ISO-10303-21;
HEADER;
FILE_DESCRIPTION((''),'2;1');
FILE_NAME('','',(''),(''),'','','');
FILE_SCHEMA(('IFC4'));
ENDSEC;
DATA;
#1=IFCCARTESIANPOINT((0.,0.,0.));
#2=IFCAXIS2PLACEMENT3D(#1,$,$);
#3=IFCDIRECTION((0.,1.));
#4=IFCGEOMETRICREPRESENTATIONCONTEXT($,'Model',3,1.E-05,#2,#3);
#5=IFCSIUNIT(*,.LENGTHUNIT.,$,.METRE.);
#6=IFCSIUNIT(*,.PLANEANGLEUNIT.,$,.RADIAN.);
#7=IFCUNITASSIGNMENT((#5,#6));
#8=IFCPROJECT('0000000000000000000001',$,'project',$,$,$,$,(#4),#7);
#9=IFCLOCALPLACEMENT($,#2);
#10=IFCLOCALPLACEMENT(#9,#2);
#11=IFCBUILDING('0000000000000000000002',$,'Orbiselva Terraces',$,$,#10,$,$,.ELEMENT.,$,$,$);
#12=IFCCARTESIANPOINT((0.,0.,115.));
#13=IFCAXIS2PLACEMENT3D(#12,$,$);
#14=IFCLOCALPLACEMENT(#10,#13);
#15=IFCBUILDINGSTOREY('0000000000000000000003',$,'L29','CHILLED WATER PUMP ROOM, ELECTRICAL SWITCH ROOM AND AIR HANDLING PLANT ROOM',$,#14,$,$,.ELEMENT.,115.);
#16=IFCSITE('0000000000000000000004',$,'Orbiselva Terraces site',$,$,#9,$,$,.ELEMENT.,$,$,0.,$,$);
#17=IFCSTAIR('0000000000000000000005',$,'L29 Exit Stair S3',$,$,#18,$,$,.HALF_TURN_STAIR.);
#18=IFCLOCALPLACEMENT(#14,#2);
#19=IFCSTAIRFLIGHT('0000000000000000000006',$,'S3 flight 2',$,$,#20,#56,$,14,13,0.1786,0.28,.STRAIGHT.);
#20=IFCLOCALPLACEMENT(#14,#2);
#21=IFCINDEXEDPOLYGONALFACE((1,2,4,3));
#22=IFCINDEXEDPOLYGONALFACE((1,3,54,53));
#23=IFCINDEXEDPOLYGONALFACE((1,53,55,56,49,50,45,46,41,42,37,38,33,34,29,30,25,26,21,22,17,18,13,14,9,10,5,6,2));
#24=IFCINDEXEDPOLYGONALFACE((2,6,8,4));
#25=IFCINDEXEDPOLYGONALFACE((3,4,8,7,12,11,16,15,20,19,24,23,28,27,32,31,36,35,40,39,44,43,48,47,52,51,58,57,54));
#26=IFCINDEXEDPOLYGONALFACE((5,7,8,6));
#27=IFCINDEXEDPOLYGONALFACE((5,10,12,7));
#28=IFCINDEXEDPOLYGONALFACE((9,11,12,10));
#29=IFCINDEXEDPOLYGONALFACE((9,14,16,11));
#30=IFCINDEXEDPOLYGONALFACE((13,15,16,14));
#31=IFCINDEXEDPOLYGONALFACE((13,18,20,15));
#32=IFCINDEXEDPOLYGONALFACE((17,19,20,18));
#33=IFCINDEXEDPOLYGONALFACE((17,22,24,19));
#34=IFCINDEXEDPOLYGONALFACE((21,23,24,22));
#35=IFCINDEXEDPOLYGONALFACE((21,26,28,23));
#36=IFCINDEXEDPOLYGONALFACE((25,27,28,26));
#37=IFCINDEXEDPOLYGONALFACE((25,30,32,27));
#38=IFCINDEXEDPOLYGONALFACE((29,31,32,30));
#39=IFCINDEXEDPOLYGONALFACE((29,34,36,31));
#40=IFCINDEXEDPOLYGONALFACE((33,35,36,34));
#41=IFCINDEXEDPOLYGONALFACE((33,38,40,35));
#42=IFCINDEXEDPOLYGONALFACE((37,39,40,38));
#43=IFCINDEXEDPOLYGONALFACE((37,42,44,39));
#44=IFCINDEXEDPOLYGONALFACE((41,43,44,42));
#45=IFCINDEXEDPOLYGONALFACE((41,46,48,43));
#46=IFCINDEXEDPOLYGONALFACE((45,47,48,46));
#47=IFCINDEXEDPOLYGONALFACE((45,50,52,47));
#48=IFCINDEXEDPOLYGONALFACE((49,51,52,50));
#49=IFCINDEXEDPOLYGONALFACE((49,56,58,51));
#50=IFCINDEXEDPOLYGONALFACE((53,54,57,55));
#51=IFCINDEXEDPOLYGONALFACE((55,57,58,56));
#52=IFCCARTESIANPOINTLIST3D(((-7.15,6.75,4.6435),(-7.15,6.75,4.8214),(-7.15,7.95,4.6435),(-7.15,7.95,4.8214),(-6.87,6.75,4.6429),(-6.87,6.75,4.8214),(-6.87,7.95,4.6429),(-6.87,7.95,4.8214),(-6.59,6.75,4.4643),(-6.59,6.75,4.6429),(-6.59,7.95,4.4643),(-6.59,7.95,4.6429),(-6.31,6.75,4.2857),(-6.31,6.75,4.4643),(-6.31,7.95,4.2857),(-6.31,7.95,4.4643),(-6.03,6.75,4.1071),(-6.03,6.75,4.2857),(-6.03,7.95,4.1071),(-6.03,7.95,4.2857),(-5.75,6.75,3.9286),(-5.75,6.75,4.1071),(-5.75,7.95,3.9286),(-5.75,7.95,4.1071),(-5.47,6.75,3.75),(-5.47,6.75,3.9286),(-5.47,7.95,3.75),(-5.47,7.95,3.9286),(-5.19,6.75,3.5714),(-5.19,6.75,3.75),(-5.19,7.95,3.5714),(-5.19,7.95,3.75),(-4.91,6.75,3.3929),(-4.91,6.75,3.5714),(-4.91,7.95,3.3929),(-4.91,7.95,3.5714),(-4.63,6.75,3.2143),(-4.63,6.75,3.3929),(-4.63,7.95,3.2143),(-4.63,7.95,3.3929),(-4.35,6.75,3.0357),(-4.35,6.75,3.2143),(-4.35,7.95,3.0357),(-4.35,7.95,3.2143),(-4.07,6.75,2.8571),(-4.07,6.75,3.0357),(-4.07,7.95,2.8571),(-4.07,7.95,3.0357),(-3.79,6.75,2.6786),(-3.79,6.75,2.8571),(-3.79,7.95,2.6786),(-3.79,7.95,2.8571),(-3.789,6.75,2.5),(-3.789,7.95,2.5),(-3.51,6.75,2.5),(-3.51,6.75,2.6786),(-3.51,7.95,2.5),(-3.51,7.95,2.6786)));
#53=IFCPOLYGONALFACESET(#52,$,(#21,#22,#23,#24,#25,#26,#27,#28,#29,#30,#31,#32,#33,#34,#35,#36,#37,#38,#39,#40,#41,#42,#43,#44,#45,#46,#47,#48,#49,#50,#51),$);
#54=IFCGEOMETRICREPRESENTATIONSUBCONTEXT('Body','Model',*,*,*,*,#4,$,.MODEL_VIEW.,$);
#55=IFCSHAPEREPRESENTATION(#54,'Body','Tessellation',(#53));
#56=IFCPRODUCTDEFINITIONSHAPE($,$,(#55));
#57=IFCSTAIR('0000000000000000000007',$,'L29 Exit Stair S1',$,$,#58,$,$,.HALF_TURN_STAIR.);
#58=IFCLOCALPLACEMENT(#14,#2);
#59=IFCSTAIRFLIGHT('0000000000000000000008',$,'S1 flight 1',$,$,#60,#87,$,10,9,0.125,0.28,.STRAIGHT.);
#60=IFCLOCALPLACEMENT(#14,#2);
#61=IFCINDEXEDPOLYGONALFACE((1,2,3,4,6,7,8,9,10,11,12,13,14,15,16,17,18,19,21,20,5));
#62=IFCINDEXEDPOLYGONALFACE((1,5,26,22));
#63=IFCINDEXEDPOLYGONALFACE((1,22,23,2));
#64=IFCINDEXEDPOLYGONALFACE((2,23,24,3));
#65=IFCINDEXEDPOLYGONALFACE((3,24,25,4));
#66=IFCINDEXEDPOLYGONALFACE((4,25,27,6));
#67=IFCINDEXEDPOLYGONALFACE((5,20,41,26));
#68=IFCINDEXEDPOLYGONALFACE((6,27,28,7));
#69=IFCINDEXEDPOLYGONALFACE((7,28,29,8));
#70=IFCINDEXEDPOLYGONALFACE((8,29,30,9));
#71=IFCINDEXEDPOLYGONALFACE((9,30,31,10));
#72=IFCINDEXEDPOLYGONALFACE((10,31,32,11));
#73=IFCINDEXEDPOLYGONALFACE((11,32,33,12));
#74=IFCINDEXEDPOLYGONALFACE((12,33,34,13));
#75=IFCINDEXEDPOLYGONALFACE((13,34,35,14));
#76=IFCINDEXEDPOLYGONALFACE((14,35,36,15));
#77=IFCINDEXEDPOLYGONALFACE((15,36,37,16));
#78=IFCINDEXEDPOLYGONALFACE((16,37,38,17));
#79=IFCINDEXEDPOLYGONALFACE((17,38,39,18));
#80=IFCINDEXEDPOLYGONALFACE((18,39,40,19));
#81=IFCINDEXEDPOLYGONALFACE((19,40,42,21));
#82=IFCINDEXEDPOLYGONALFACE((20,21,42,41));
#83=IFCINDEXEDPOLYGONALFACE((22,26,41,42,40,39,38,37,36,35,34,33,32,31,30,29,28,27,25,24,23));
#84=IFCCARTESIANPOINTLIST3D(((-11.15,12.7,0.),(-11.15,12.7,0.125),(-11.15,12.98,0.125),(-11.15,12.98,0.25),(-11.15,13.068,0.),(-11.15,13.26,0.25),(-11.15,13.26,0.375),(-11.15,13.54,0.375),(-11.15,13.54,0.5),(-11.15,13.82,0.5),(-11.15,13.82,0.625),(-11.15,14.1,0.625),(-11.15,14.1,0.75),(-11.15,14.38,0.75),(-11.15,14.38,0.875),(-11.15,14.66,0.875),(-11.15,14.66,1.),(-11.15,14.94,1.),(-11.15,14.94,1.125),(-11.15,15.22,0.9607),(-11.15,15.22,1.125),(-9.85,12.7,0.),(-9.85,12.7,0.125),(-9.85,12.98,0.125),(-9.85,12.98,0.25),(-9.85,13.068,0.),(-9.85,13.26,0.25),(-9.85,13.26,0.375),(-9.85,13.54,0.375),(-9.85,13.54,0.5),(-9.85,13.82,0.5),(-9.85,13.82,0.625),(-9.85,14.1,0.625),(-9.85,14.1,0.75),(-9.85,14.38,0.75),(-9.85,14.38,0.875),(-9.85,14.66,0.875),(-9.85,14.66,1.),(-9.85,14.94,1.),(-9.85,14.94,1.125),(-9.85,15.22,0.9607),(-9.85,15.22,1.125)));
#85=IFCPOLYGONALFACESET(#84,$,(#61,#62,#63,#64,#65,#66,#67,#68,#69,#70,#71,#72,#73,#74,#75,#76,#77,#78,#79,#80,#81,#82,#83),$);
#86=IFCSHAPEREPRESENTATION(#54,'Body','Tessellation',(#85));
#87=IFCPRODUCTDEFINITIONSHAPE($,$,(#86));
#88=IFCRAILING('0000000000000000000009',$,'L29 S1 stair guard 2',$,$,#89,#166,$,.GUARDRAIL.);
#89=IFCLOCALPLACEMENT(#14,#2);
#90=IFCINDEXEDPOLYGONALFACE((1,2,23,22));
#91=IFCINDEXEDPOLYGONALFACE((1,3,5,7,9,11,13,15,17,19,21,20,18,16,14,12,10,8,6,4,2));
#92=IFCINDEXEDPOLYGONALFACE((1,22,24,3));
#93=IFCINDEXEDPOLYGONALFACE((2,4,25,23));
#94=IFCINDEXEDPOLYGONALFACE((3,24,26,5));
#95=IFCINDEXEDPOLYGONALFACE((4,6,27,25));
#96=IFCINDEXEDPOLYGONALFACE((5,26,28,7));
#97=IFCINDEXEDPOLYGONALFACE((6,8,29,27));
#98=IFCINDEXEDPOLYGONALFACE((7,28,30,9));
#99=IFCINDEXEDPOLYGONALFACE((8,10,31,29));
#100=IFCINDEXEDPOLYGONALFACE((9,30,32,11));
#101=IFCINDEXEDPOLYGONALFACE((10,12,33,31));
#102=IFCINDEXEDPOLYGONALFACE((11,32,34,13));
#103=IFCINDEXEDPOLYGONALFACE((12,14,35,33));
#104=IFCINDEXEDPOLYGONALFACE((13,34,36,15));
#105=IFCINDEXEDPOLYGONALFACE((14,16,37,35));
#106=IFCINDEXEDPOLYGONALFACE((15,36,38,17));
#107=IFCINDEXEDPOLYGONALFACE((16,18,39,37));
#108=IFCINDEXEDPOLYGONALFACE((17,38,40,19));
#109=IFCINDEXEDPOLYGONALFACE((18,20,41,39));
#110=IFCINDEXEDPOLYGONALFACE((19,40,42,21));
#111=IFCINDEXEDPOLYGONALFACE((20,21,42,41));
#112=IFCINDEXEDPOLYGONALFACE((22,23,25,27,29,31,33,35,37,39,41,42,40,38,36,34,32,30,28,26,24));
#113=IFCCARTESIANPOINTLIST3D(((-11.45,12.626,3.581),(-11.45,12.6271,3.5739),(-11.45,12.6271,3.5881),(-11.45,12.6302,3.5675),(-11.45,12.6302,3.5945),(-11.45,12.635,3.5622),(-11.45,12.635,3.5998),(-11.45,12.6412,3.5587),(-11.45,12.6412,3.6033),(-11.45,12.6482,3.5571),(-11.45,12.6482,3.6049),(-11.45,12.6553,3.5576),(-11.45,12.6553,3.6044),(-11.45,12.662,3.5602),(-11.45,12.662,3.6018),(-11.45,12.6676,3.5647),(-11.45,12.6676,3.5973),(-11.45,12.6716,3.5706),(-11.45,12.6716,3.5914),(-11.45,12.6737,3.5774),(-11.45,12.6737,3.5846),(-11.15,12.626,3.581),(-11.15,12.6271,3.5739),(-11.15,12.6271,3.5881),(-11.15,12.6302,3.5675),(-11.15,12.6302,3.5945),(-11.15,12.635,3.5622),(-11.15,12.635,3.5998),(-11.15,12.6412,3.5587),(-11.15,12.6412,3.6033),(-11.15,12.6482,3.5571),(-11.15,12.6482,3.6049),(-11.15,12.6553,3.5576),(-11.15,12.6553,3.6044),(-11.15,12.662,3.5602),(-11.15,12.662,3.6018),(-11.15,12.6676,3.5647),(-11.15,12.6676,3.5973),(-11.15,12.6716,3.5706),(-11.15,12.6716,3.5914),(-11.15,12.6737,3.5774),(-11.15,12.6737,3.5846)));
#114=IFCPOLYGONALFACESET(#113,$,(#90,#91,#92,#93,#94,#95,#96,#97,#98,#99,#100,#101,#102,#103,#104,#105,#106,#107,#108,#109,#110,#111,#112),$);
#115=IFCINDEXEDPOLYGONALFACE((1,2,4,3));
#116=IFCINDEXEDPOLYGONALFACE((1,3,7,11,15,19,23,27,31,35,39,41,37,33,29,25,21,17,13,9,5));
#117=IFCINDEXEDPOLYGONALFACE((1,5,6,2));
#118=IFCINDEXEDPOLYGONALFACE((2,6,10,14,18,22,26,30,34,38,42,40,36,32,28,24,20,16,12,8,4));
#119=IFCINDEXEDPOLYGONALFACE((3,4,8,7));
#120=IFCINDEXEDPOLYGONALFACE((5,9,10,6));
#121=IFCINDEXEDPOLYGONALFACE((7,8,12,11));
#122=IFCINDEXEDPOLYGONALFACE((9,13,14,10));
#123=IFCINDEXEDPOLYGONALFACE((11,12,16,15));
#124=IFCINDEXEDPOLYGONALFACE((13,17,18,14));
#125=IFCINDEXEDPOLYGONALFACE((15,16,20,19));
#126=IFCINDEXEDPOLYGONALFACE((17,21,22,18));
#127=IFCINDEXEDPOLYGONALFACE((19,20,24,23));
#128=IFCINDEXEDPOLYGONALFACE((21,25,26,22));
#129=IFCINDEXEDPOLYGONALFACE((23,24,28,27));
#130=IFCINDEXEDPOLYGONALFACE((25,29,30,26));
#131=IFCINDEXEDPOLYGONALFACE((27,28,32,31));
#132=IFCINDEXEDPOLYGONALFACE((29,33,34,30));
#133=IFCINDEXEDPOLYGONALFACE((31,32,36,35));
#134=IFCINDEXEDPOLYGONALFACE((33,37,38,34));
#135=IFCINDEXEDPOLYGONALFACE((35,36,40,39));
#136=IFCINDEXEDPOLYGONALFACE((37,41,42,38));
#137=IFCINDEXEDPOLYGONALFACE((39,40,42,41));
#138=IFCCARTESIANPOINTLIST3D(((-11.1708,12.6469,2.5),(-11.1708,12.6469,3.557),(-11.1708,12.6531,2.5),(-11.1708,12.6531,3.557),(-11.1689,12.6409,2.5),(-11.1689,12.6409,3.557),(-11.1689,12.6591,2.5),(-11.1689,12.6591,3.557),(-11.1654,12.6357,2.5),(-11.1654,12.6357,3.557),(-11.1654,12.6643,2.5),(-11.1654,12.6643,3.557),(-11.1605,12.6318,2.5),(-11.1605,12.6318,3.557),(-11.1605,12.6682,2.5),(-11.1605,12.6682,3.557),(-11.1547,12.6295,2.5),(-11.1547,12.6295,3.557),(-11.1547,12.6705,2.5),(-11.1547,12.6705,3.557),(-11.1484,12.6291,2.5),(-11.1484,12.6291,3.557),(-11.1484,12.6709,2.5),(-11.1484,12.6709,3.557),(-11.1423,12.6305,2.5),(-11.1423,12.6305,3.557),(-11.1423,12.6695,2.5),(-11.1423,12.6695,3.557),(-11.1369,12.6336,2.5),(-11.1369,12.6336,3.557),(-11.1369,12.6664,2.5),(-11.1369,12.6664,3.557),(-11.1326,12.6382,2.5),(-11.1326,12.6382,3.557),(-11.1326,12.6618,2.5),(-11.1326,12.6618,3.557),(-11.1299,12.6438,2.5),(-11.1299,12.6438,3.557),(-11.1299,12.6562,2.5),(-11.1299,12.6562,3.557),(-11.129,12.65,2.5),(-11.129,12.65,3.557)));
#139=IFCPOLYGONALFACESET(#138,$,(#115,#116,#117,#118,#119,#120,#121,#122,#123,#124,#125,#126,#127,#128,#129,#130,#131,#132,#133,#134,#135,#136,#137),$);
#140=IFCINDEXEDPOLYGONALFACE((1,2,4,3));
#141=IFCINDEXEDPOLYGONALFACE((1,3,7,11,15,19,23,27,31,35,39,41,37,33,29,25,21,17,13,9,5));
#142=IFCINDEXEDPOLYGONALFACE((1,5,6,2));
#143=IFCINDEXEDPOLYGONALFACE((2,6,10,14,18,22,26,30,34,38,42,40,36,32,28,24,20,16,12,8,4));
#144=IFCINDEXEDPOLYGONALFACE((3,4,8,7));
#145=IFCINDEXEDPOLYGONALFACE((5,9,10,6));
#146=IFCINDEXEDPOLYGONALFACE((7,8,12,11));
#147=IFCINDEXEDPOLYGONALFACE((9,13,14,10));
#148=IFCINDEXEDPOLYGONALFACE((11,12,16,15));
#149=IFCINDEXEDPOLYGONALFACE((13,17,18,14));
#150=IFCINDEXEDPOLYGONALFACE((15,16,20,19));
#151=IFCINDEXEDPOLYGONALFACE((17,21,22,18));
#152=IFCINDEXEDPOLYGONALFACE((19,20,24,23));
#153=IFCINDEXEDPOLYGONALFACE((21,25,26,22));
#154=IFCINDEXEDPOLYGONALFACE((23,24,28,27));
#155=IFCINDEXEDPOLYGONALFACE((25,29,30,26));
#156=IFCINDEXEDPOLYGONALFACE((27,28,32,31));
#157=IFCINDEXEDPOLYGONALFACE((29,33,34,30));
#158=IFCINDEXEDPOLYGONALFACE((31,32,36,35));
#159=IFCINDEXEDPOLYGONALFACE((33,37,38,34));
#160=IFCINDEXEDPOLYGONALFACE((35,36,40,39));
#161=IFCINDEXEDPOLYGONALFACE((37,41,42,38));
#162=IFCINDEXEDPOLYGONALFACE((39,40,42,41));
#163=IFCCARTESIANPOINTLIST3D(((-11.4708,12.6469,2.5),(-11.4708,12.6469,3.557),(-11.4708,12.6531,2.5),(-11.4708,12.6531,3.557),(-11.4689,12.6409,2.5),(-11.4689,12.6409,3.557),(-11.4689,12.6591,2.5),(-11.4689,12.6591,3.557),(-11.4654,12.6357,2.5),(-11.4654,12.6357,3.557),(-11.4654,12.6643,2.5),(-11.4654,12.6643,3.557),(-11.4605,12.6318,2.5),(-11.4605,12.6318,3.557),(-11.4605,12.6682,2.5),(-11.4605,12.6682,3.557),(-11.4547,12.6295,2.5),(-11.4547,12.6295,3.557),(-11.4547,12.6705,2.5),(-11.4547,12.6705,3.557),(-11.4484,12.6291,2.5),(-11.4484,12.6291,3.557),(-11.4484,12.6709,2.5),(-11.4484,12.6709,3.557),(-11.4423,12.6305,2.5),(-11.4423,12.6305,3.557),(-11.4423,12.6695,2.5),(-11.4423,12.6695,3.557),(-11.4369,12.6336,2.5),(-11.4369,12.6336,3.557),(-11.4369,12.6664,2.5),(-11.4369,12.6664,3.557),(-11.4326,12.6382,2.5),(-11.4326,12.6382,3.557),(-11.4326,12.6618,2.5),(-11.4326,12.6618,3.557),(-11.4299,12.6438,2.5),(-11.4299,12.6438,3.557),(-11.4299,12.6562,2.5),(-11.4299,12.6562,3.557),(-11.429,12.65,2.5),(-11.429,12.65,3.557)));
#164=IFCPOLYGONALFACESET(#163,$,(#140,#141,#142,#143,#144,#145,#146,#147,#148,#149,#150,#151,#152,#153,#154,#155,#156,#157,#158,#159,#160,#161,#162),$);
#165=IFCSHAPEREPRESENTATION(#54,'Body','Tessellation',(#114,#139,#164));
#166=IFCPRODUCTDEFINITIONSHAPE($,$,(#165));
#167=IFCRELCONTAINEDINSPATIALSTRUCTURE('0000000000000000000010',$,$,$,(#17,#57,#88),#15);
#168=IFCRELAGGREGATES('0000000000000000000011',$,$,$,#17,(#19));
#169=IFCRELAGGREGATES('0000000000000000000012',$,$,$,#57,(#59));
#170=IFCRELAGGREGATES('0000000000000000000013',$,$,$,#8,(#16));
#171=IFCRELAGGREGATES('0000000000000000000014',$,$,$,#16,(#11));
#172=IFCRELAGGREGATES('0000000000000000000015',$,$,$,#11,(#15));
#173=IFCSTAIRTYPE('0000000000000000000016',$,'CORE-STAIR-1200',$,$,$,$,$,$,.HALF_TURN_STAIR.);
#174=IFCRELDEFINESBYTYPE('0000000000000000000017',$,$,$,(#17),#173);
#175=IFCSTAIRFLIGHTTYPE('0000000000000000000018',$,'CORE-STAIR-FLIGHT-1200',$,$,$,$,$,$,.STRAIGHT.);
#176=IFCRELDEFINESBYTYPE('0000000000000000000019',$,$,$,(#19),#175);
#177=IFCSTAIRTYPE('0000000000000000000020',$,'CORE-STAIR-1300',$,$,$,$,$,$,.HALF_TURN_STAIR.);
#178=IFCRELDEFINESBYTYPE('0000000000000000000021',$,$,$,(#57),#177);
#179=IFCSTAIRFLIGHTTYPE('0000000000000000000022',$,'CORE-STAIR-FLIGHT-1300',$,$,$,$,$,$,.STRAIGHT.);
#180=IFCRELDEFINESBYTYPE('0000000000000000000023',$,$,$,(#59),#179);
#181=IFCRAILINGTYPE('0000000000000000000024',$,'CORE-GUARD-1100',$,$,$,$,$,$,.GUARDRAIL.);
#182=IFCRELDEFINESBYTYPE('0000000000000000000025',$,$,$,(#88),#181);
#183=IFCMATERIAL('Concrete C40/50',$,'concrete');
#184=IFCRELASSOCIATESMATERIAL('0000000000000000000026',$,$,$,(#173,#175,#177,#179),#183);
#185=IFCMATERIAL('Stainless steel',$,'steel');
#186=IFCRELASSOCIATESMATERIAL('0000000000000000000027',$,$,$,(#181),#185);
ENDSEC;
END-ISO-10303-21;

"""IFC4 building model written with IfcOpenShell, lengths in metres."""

from ifc_helpers import new_model, si_unit, direction, frame, origin, origin_2d, place, context, subcontext, project, spatial, polyline, circle, outline, extrude, material, type_object, element, aggregate, save


model = new_model("IFC4")

# Units and contexts
model_context = context("Model", 3, precision=1e-05, world=origin(), true_north=direction((0.0, 1.0)))
body_context = subcontext(model_context, "Body", "Model", "MODEL_VIEW")
ifc_project = project(units=[si_unit("LENGTHUNIT", "METRE"), si_unit("PLANEANGLEUNIT", "RADIAN")], contexts=[model_context])

# Site, building, storey
site_placement = place(None, origin())
site = spatial("IfcSite", under=ifc_project, at=site_placement, Name="Orbiselva Terraces site", CompositionType="ELEMENT", RefElevation=0.0)
building_placement = place(site_placement, origin())
building = spatial("IfcBuilding", under=site, at=building_placement, Name="Orbiselva Terraces", CompositionType="ELEMENT")
storey_placement = place(building_placement, frame((0.0, 0.0, 115.0)))
storey = spatial("IfcBuildingStorey", under=building, at=storey_placement, Name="L29", Description="CHILLED WATER PUMP ROOM, ELECTRICAL SWITCH ROOM AND AIR HANDLING PLANT ROOM", CompositionType="ELEMENT", Elevation=115.0)

# Stair, stair flight
ifc_material_1 = material(Name="Concrete C40/50", Category="concrete")
stair_type_1 = type_object("IfcStairType", Name="CORE-STAIR-1200", PredefinedType="HALF_TURN_STAIR", material=ifc_material_1)
stair_1_placement = place(storey_placement, origin())
stair_1 = element("IfcStair", 1, at=stair_1_placement, inside=storey, type_object=stair_type_1, Name="L29 Exit Stair S3", PredefinedType="HALF_TURN_STAIR")
stair_flight_type_1 = type_object("IfcStairFlightType", Name="CORE-STAIR-FLIGHT-1200", PredefinedType="STRAIGHT", material=ifc_material_1)
stair_flight_1_placement = place(storey_placement, frame((-3.51, 7.35, 2.5), z_axis=(0.0, 0.0, 1.0), x_axis=(-1.0, 0.0, 0.0)))
stair_flight_1 = element("IfcStairFlight", 2, at=stair_flight_1_placement, type_object=stair_flight_type_1, Name="S3 flight 2", NumberOfRisers=14, NumberOfTreads=13, PredefinedType="STRAIGHT", RiserHeight=0.1786, TreadLength=0.28, context=body_context, shape_type="SweptSolid", body=[
    extrude(outline(polyline([(0.0, 0.0), (0.0, 0.1786), (0.28, 0.1786), (0.28, 0.3571), (0.56, 0.3571), (0.56, 0.5357), (0.84, 0.5357), (0.84, 0.7143), (1.12, 0.7143), (1.12, 0.8929), (1.4, 0.8929), (1.4, 1.0714), (1.68, 1.0714), (1.68, 1.25), (1.96, 1.25), (1.96, 1.4286), (2.24, 1.4286), (2.24, 1.6071), (2.52, 1.6071), (2.52, 1.7857), (2.8, 1.7857), (2.8, 1.9643), (3.08, 1.9643), (3.08, 2.1429), (3.36, 2.1429), (3.36, 2.3214), (3.64, 2.3214), (3.64, 2.5), (3.64, 2.1435), (0.279, 0.0), (0.0, 0.0)])), frame((0.0, 0.6, 0.0), z_axis=(0.0, -1.0, 0.0), x_axis=(1.0, 0.0, 0.0)), (0.0, 0.0, 1.0), 1.2),
])
aggregate(stair_1, [stair_flight_1])

# Stair, stair flight
stair_type_2 = type_object("IfcStairType", Name="CORE-STAIR-1300", PredefinedType="HALF_TURN_STAIR", material=ifc_material_1)
stair_2_placement = place(storey_placement, origin())
stair_2 = element("IfcStair", 3, at=stair_2_placement, inside=storey, type_object=stair_type_2, Name="L29 Exit Stair S1", PredefinedType="HALF_TURN_STAIR")
stair_flight_type_2 = type_object("IfcStairFlightType", Name="CORE-STAIR-FLIGHT-1300", PredefinedType="STRAIGHT", material=ifc_material_1)
stair_flight_2_placement = place(storey_placement, frame((-10.5, 12.7, 0.0), z_axis=(0.0, 0.0, 1.0), x_axis=(0.0, 1.0, 0.0)))
stair_flight_2 = element("IfcStairFlight", 4, at=stair_flight_2_placement, type_object=stair_flight_type_2, Name="S1 flight 1", NumberOfRisers=10, NumberOfTreads=9, PredefinedType="STRAIGHT", RiserHeight=0.125, TreadLength=0.28, context=body_context, shape_type="SweptSolid", body=[
    extrude(outline(polyline([(0.0, 0.0), (0.0, 0.125), (0.28, 0.125), (0.28, 0.25), (0.56, 0.25), (0.56, 0.375), (0.84, 0.375), (0.84, 0.5), (1.12, 0.5), (1.12, 0.625), (1.4, 0.625), (1.4, 0.75), (1.68, 0.75), (1.68, 0.875), (1.96, 0.875), (1.96, 1.0), (2.24, 1.0), (2.24, 1.125), (2.52, 1.125), (2.52, 1.25), (2.52, 0.9607), (0.368, 0.0), (0.0, 0.0)])), frame((0.0, 0.65, 0.0), z_axis=(0.0, -1.0, 0.0), x_axis=(1.0, 0.0, 0.0)), (0.0, 0.0, 1.0), 1.3),
])
aggregate(stair_2, [stair_flight_2])

# Railing
ifc_material_2 = material(Name="Stainless steel", Category="steel")
railing_type_1 = type_object("IfcRailingType", Name="CORE-GUARD-1100", PredefinedType="GUARDRAIL", material=ifc_material_2)
railing_1_placement = place(storey_placement, frame((-11.15, 12.65, 2.5)))
element("IfcRailing", 5, at=railing_1_placement, inside=storey, type_object=railing_type_1, Name="L29 S1 stair guard 2", PredefinedType="GUARDRAIL", context=body_context, shape_type="SweptSolid", body=[
    extrude(circle(Radius=0.024, at=origin_2d()), frame((0.0, 0.0, 1.081), z_axis=(-1.0, 0.0, 0.0), x_axis=(0.0, -1.0, 0.0)), (0.0, 0.0, 1.0), 0.3),
    extrude(circle(Radius=0.021, at=origin_2d()), origin(), (0.0, 0.0, 1.0), 1.057),
    extrude(circle(Radius=0.021, at=origin_2d()), frame((-0.3, 0.0, 0.0)), (0.0, 0.0, 1.0), 1.057),
])

save(model, "model.ifc")
